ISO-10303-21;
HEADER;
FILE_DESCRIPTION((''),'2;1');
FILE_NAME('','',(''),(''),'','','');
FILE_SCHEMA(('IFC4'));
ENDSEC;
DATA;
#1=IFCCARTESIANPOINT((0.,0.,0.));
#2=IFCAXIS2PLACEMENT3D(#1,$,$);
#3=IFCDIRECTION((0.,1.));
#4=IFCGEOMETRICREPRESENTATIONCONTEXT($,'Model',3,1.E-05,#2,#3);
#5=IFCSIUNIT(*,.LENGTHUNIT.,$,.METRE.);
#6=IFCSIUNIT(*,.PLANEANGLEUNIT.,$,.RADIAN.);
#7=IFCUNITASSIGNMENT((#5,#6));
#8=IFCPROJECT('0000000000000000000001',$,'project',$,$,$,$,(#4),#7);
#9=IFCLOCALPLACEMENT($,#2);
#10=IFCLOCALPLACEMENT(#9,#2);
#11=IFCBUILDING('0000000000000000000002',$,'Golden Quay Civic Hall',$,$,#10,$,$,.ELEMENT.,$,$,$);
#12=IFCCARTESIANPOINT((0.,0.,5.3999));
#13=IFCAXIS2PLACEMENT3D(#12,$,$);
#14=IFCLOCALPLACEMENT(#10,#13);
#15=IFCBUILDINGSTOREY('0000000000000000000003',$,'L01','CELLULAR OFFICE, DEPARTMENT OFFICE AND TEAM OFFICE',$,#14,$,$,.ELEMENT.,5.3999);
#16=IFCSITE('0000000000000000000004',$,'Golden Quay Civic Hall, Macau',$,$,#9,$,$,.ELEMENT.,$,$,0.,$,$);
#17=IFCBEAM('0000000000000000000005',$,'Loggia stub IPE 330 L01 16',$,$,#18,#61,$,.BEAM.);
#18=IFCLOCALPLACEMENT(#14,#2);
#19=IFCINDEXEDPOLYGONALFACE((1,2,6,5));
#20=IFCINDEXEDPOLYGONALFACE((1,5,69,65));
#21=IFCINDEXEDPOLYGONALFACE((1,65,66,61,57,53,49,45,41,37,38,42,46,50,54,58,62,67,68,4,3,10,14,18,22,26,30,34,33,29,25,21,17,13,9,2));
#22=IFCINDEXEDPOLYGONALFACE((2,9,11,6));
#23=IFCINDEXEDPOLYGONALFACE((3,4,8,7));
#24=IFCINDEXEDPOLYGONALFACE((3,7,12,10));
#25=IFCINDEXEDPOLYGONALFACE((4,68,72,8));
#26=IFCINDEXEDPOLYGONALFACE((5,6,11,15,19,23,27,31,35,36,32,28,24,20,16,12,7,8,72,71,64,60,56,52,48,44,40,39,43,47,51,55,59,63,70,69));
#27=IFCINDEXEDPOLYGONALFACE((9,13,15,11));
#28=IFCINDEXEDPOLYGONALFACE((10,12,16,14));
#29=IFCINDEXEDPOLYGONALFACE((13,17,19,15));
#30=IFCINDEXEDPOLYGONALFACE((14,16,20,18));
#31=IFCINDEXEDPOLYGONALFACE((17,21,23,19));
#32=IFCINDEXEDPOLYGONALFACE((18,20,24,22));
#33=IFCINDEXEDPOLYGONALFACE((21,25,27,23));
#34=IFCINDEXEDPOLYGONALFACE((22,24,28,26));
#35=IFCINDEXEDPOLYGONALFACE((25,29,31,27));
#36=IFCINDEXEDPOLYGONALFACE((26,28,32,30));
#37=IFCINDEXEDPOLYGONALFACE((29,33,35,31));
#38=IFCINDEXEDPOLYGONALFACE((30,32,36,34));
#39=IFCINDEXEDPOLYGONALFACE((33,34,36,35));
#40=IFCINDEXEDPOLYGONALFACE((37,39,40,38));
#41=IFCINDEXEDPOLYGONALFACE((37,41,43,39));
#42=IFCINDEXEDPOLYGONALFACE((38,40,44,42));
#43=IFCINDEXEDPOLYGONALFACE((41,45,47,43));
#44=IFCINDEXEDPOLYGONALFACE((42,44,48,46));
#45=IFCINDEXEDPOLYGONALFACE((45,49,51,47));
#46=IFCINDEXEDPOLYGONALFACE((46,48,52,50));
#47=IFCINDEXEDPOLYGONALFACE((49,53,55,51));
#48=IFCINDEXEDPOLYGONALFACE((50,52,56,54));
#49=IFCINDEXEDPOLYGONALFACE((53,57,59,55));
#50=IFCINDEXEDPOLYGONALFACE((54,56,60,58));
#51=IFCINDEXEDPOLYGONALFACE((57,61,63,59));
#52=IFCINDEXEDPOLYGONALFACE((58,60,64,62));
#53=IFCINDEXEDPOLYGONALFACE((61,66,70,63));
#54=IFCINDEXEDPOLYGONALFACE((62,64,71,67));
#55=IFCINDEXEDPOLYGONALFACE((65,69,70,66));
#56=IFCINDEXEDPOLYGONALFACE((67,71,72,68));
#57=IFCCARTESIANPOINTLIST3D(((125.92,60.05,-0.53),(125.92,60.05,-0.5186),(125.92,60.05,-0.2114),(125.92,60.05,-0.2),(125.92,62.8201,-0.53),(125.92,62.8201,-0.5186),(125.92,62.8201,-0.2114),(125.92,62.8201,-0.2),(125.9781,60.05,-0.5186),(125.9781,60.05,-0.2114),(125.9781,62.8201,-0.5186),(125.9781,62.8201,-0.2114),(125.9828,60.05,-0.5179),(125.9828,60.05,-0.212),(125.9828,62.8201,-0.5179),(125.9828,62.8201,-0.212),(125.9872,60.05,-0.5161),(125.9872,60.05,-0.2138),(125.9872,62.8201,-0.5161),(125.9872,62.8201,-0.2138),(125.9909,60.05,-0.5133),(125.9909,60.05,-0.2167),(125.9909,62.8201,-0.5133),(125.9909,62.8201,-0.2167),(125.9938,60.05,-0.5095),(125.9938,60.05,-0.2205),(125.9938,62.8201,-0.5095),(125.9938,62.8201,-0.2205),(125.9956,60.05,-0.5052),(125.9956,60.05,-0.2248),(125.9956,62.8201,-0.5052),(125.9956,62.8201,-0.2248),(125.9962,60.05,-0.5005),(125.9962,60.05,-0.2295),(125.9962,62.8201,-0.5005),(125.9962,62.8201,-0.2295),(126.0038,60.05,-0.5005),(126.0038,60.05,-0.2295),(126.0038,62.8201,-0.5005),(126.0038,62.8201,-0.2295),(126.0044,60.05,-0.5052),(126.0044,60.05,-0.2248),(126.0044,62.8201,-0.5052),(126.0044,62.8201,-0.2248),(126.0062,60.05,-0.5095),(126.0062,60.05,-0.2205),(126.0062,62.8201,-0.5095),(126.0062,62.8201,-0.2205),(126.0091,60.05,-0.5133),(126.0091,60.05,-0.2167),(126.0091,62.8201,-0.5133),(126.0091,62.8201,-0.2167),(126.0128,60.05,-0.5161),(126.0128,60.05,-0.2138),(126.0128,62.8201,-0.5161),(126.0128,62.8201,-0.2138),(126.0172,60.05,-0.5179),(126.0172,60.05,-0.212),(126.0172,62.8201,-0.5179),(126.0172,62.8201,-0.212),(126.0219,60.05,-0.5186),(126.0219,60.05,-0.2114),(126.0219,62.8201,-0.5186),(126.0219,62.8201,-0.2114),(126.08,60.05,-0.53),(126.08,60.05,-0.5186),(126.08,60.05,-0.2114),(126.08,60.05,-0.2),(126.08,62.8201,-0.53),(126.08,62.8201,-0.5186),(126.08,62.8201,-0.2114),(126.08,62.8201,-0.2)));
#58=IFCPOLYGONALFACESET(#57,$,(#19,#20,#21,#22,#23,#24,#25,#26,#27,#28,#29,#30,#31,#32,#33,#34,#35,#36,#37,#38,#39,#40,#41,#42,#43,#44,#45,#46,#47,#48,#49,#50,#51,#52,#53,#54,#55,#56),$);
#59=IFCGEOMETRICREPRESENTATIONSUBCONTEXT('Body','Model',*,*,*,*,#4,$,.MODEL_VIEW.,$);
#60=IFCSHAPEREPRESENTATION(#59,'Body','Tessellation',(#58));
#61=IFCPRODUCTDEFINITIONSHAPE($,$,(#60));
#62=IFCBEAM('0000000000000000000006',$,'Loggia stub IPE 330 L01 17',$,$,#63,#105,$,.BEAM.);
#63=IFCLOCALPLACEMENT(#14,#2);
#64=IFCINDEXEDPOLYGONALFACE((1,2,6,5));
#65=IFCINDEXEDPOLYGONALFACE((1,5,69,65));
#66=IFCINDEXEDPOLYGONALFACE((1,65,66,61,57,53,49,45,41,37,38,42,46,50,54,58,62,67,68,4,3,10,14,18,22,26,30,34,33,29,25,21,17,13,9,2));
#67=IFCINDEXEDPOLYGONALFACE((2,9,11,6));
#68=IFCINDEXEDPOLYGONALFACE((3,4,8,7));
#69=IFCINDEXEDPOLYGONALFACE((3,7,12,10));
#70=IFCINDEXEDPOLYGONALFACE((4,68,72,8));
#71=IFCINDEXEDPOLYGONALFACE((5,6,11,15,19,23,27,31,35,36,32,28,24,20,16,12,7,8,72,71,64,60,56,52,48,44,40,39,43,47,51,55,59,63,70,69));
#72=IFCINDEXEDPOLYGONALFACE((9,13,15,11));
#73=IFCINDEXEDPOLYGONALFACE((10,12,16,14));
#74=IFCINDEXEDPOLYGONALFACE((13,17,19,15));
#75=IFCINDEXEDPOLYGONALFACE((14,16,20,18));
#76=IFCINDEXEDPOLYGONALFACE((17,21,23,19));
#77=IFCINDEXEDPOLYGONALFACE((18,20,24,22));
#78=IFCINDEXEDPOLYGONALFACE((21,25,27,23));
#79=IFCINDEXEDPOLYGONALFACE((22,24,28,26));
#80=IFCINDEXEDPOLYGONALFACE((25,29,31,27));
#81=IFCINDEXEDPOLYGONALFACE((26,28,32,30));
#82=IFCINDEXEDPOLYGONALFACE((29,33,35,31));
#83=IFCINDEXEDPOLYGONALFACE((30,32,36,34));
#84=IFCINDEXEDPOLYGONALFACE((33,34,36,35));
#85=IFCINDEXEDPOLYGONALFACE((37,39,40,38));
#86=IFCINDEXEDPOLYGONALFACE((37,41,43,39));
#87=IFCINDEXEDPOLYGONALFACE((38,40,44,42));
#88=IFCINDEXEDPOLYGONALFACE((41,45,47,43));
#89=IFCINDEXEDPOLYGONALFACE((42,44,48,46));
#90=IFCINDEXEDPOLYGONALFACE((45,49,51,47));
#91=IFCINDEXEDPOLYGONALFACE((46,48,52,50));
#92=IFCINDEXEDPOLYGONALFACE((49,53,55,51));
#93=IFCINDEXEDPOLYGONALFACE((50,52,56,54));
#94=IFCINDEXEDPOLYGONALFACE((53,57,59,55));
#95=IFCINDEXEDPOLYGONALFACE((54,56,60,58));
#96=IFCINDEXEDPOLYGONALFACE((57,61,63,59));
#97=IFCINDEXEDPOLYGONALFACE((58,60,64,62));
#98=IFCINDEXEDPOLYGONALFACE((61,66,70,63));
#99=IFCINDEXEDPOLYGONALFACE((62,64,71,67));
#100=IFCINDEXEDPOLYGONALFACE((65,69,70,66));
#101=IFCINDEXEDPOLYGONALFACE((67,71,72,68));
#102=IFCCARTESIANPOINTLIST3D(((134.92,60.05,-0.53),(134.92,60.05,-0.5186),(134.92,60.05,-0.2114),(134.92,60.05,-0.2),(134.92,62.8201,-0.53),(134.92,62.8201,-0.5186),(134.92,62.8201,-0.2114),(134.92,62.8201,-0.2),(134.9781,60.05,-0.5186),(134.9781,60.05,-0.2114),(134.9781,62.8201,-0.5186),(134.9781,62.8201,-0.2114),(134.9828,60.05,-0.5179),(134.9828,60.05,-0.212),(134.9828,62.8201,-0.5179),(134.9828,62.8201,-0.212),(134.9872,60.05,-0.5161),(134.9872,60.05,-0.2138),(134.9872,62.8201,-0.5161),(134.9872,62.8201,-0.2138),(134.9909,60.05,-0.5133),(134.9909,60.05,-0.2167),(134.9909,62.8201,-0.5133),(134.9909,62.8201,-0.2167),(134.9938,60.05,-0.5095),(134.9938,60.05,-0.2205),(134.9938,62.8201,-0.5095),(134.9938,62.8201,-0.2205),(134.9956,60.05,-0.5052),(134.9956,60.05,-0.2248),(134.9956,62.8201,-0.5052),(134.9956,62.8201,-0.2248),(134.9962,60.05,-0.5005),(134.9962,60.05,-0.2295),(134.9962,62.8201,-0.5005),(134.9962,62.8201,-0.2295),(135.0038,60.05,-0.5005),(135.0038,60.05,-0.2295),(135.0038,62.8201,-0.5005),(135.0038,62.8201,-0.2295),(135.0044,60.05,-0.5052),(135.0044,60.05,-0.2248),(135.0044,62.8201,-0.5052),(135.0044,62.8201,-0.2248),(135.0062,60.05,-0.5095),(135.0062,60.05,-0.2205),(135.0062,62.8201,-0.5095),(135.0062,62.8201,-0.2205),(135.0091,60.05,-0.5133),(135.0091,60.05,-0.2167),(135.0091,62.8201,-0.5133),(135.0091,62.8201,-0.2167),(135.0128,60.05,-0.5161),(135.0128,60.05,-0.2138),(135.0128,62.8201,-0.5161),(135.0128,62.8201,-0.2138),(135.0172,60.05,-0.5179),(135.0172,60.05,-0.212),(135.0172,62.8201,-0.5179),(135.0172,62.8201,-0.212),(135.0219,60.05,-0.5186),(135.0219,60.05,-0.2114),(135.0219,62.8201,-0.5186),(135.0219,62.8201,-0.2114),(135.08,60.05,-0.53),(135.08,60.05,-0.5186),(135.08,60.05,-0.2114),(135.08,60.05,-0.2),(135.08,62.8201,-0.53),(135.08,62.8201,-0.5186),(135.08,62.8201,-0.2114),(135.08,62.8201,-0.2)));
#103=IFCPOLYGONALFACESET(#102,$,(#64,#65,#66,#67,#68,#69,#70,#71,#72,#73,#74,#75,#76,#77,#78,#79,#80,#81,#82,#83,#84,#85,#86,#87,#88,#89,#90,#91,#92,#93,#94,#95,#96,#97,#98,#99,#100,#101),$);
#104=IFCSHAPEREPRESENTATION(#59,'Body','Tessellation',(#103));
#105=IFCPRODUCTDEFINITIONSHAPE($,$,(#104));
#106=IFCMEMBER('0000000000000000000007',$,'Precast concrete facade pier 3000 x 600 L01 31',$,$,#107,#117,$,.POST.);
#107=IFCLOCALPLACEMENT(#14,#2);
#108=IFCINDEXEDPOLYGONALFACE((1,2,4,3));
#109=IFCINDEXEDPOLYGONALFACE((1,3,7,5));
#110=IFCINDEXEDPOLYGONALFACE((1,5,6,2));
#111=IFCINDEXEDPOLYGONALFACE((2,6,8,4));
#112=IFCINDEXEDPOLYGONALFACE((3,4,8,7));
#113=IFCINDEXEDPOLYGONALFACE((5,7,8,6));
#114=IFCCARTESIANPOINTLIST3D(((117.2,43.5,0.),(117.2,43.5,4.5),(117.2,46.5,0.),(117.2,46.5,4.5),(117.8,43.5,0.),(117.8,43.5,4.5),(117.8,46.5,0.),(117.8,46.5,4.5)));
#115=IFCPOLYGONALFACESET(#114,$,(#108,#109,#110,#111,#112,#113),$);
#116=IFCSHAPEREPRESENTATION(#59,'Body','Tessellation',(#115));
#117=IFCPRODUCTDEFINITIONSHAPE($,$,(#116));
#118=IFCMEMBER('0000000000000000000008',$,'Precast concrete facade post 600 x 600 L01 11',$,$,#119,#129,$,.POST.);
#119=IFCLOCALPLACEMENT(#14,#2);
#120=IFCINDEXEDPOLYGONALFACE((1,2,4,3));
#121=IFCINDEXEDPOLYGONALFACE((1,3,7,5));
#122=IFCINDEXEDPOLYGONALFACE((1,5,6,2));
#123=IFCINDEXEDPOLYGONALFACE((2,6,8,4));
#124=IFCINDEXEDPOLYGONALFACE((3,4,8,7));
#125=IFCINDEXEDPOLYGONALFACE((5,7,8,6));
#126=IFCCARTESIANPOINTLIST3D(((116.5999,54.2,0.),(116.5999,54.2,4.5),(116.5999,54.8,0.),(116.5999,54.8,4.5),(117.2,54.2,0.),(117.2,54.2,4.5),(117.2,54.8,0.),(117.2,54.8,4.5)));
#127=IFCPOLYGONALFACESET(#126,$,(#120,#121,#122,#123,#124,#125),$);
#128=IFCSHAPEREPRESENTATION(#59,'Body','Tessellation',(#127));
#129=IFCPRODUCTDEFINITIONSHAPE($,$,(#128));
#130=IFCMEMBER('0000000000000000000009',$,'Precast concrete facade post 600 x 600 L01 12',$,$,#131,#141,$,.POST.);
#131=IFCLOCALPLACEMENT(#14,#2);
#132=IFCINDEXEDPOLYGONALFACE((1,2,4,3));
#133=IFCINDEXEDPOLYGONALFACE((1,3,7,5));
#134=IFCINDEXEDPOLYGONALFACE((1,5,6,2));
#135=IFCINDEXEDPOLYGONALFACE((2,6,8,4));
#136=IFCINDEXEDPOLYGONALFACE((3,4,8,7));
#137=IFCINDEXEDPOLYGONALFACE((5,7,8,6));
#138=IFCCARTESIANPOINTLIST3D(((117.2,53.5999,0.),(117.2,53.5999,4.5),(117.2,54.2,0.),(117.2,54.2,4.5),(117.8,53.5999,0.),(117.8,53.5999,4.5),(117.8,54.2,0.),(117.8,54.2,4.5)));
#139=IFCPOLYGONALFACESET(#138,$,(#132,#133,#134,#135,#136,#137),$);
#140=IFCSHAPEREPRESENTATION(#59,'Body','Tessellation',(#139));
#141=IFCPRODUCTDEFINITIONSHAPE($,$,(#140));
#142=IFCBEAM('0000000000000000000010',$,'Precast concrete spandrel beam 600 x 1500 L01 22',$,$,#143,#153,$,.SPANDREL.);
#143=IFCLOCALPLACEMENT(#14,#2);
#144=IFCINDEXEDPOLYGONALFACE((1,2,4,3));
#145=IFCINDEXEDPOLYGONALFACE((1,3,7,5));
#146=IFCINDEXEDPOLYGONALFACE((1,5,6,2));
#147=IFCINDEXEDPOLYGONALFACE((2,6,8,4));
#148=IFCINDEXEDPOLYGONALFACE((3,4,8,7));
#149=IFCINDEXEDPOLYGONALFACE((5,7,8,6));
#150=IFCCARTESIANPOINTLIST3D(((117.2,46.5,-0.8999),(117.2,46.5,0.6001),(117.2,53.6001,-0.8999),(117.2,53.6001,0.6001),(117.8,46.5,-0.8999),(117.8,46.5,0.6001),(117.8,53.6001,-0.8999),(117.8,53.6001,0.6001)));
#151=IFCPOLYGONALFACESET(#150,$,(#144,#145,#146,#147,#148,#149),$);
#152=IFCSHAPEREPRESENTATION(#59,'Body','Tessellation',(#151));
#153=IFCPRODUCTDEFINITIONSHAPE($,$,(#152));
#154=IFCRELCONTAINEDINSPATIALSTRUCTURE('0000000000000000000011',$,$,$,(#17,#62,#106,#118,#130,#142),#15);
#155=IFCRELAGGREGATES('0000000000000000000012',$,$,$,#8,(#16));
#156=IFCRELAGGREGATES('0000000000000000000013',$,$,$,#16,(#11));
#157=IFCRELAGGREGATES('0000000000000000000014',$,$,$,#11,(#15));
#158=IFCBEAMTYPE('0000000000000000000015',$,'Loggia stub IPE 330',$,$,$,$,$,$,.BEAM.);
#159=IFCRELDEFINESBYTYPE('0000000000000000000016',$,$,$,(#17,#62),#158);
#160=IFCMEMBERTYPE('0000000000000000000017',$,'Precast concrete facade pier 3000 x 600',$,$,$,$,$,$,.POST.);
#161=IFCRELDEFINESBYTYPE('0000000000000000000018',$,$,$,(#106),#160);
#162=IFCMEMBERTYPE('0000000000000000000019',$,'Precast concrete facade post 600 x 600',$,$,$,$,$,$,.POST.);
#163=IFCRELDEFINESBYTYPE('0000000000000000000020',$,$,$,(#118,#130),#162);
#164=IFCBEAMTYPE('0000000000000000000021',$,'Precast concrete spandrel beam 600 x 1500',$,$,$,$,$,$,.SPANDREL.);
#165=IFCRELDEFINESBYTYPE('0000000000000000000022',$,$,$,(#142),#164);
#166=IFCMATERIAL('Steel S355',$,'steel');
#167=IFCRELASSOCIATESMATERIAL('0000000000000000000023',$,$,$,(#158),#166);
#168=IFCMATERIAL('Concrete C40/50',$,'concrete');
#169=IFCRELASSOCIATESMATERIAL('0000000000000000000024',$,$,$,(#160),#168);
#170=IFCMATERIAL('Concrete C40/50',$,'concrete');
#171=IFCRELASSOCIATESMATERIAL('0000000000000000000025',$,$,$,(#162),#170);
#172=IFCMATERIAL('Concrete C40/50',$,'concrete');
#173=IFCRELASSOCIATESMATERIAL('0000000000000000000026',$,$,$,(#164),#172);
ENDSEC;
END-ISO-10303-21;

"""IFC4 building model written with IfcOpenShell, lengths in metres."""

from ifc_helpers import new_model, si_unit, direction, frame, origin, origin_2d, place, context, subcontext, project, spatial, rectangle, i_section, extrude, material, material_profile, profile_set, type_object, element, save


model = new_model("IFC4")

# Units and contexts
model_context = context("Model", 3, precision=1e-05, world=origin(), true_north=direction((0.0, 1.0)))
body_context = subcontext(model_context, "Body", "Model", "MODEL_VIEW")
ifc_project = project(units=[si_unit("LENGTHUNIT", "METRE"), si_unit("PLANEANGLEUNIT", "RADIAN")], contexts=[model_context])

# Site, building, storey
site_placement = place(None, origin())
site = spatial("IfcSite", under=ifc_project, at=site_placement, Name="Golden Quay Civic Hall, Macau", CompositionType="ELEMENT", RefElevation=0.0)
building_placement = place(site_placement, origin())
building = spatial("IfcBuilding", under=site, at=building_placement, Name="Golden Quay Civic Hall", CompositionType="ELEMENT")
storey_placement = place(building_placement, frame((0.0, 0.0, 5.3999)))
storey = spatial("IfcBuildingStorey", under=building, at=storey_placement, Name="L01", Description="CELLULAR OFFICE, DEPARTMENT OFFICE AND TEAM OFFICE", CompositionType="ELEMENT", Elevation=5.3999)

# Beams
ifc_material_1 = material(Name="Steel S355", Category="steel")
ifc_material_profile_1 = material_profile(ifc_material_1, i_section(OverallWidth=0.1599, OverallDepth=0.3301, WebThickness=0.0076, FlangeThickness=0.0115, FilletRadius=0.0181, at=origin_2d()), Name="IPE 330")
ifc_profile_set_1 = profile_set([ifc_material_profile_1], Name="Steel S355")
beam_type_1 = type_object("IfcBeamType", Name="Loggia stub IPE 330", PredefinedType="BEAM", material=ifc_profile_set_1)
for number, where, z_axis, x_axis, name in (
    (1, (126.0, 62.8201, -0.365), (0.0, -1.0, 0.0), (1.0, 0.0, 0.0), "Loggia stub IPE 330 L01 16"),
    (2, (135.0, 62.8201, -0.365), (0.0, -1.0, 0.0), (1.0, 0.0, 0.0), "Loggia stub IPE 330 L01 17"),
):
    element("IfcBeam", number, at=place(storey_placement, frame(where, z_axis=z_axis, x_axis=x_axis)), inside=storey, type_object=beam_type_1, Name=name, PredefinedType="BEAM", context=body_context, shape_type="SweptSolid", body=[
        extrude(i_section(OverallWidth=0.1599, OverallDepth=0.3301, WebThickness=0.0076, FlangeThickness=0.0115, FilletRadius=0.0181, at=origin_2d()), origin(), (0.0, 0.0, 1.0), 2.77),
    ])

# Members
ifc_material_2 = material(Name="Concrete C40/50", Category="concrete")
ifc_material_profile_2 = material_profile(ifc_material_2, rectangle(XDim=3.0, YDim=0.6001, at=origin_2d()), Name="RC 3000x600")
ifc_profile_set_2 = profile_set([ifc_material_profile_2], Name="Concrete C40/50")
member_type_1 = type_object("IfcMemberType", Name="Precast concrete facade pier 3000 x 600", PredefinedType="POST", material=ifc_profile_set_2)
member_placement = place(storey_placement, frame((117.5, 45.0, 0.0), z_axis=(0.0, 0.0, 1.0), x_axis=(0.0, 1.0, 0.0)))
element("IfcMember", 3, at=member_placement, inside=storey, type_object=member_type_1, Name="Precast concrete facade pier 3000 x 600 L01 31", PredefinedType="POST", context=body_context, shape_type="SweptSolid", body=[
    extrude(rectangle(XDim=3.0, YDim=0.6001, at=origin_2d()), origin(), (0.0, 0.0, 1.0), 4.5),
])
ifc_material_3 = material(Name="Concrete C40/50", Category="concrete")
ifc_material_profile_3 = material_profile(ifc_material_3, rectangle(XDim=0.6001, YDim=0.6001, at=origin_2d()), Name="RC 600x600")
ifc_profile_set_3 = profile_set([ifc_material_profile_3], Name="Concrete C40/50")
member_type_2 = type_object("IfcMemberType", Name="Precast concrete facade post 600 x 600", PredefinedType="POST", material=ifc_profile_set_3)
for number, where, z_axis, x_axis, name in (
    (4, (116.8999, 54.5, 0.0), (0.0, 0.0, 1.0), (1.0, 0.0, 0.0), "Precast concrete facade post 600 x 600 L01 11"),
    (5, (117.5, 53.8999, 0.0), (0.0, 0.0, 1.0), (1.0, 0.0, 0.0), "Precast concrete facade post 600 x 600 L01 12"),
):
    element("IfcMember", number, at=place(storey_placement, frame(where, z_axis=z_axis, x_axis=x_axis)), inside=storey, type_object=member_type_2, Name=name, PredefinedType="POST", context=body_context, shape_type="SweptSolid", body=[
        extrude(rectangle(XDim=0.6001, YDim=0.6001, at=origin_2d()), origin(), (0.0, 0.0, 1.0), 4.5),
    ])

# Beam
ifc_material_4 = material(Name="Concrete C40/50", Category="concrete")
ifc_material_profile_4 = material_profile(ifc_material_4, rectangle(XDim=0.6001, YDim=1.5, at=origin_2d()), Name="RC 600x1500")
ifc_profile_set_4 = profile_set([ifc_material_profile_4], Name="Concrete C40/50")
beam_type_2 = type_object("IfcBeamType", Name="Precast concrete spandrel beam 600 x 1500", PredefinedType="SPANDREL", material=ifc_profile_set_4)
beam_1_placement = place(storey_placement, frame((117.5, 46.5, -0.1499), z_axis=(0.0, 1.0, 0.0), x_axis=(-1.0, 0.0, 0.0)))
element("IfcBeam", 6, at=beam_1_placement, inside=storey, type_object=beam_type_2, Name="Precast concrete spandrel beam 600 x 1500 L01 22", PredefinedType="SPANDREL", context=body_context, shape_type="SweptSolid", body=[
    extrude(rectangle(XDim=0.6001, YDim=1.5, at=origin_2d()), origin(), (0.0, 0.0, 1.0), 7.1001),
])

save(model, "model.ifc")
